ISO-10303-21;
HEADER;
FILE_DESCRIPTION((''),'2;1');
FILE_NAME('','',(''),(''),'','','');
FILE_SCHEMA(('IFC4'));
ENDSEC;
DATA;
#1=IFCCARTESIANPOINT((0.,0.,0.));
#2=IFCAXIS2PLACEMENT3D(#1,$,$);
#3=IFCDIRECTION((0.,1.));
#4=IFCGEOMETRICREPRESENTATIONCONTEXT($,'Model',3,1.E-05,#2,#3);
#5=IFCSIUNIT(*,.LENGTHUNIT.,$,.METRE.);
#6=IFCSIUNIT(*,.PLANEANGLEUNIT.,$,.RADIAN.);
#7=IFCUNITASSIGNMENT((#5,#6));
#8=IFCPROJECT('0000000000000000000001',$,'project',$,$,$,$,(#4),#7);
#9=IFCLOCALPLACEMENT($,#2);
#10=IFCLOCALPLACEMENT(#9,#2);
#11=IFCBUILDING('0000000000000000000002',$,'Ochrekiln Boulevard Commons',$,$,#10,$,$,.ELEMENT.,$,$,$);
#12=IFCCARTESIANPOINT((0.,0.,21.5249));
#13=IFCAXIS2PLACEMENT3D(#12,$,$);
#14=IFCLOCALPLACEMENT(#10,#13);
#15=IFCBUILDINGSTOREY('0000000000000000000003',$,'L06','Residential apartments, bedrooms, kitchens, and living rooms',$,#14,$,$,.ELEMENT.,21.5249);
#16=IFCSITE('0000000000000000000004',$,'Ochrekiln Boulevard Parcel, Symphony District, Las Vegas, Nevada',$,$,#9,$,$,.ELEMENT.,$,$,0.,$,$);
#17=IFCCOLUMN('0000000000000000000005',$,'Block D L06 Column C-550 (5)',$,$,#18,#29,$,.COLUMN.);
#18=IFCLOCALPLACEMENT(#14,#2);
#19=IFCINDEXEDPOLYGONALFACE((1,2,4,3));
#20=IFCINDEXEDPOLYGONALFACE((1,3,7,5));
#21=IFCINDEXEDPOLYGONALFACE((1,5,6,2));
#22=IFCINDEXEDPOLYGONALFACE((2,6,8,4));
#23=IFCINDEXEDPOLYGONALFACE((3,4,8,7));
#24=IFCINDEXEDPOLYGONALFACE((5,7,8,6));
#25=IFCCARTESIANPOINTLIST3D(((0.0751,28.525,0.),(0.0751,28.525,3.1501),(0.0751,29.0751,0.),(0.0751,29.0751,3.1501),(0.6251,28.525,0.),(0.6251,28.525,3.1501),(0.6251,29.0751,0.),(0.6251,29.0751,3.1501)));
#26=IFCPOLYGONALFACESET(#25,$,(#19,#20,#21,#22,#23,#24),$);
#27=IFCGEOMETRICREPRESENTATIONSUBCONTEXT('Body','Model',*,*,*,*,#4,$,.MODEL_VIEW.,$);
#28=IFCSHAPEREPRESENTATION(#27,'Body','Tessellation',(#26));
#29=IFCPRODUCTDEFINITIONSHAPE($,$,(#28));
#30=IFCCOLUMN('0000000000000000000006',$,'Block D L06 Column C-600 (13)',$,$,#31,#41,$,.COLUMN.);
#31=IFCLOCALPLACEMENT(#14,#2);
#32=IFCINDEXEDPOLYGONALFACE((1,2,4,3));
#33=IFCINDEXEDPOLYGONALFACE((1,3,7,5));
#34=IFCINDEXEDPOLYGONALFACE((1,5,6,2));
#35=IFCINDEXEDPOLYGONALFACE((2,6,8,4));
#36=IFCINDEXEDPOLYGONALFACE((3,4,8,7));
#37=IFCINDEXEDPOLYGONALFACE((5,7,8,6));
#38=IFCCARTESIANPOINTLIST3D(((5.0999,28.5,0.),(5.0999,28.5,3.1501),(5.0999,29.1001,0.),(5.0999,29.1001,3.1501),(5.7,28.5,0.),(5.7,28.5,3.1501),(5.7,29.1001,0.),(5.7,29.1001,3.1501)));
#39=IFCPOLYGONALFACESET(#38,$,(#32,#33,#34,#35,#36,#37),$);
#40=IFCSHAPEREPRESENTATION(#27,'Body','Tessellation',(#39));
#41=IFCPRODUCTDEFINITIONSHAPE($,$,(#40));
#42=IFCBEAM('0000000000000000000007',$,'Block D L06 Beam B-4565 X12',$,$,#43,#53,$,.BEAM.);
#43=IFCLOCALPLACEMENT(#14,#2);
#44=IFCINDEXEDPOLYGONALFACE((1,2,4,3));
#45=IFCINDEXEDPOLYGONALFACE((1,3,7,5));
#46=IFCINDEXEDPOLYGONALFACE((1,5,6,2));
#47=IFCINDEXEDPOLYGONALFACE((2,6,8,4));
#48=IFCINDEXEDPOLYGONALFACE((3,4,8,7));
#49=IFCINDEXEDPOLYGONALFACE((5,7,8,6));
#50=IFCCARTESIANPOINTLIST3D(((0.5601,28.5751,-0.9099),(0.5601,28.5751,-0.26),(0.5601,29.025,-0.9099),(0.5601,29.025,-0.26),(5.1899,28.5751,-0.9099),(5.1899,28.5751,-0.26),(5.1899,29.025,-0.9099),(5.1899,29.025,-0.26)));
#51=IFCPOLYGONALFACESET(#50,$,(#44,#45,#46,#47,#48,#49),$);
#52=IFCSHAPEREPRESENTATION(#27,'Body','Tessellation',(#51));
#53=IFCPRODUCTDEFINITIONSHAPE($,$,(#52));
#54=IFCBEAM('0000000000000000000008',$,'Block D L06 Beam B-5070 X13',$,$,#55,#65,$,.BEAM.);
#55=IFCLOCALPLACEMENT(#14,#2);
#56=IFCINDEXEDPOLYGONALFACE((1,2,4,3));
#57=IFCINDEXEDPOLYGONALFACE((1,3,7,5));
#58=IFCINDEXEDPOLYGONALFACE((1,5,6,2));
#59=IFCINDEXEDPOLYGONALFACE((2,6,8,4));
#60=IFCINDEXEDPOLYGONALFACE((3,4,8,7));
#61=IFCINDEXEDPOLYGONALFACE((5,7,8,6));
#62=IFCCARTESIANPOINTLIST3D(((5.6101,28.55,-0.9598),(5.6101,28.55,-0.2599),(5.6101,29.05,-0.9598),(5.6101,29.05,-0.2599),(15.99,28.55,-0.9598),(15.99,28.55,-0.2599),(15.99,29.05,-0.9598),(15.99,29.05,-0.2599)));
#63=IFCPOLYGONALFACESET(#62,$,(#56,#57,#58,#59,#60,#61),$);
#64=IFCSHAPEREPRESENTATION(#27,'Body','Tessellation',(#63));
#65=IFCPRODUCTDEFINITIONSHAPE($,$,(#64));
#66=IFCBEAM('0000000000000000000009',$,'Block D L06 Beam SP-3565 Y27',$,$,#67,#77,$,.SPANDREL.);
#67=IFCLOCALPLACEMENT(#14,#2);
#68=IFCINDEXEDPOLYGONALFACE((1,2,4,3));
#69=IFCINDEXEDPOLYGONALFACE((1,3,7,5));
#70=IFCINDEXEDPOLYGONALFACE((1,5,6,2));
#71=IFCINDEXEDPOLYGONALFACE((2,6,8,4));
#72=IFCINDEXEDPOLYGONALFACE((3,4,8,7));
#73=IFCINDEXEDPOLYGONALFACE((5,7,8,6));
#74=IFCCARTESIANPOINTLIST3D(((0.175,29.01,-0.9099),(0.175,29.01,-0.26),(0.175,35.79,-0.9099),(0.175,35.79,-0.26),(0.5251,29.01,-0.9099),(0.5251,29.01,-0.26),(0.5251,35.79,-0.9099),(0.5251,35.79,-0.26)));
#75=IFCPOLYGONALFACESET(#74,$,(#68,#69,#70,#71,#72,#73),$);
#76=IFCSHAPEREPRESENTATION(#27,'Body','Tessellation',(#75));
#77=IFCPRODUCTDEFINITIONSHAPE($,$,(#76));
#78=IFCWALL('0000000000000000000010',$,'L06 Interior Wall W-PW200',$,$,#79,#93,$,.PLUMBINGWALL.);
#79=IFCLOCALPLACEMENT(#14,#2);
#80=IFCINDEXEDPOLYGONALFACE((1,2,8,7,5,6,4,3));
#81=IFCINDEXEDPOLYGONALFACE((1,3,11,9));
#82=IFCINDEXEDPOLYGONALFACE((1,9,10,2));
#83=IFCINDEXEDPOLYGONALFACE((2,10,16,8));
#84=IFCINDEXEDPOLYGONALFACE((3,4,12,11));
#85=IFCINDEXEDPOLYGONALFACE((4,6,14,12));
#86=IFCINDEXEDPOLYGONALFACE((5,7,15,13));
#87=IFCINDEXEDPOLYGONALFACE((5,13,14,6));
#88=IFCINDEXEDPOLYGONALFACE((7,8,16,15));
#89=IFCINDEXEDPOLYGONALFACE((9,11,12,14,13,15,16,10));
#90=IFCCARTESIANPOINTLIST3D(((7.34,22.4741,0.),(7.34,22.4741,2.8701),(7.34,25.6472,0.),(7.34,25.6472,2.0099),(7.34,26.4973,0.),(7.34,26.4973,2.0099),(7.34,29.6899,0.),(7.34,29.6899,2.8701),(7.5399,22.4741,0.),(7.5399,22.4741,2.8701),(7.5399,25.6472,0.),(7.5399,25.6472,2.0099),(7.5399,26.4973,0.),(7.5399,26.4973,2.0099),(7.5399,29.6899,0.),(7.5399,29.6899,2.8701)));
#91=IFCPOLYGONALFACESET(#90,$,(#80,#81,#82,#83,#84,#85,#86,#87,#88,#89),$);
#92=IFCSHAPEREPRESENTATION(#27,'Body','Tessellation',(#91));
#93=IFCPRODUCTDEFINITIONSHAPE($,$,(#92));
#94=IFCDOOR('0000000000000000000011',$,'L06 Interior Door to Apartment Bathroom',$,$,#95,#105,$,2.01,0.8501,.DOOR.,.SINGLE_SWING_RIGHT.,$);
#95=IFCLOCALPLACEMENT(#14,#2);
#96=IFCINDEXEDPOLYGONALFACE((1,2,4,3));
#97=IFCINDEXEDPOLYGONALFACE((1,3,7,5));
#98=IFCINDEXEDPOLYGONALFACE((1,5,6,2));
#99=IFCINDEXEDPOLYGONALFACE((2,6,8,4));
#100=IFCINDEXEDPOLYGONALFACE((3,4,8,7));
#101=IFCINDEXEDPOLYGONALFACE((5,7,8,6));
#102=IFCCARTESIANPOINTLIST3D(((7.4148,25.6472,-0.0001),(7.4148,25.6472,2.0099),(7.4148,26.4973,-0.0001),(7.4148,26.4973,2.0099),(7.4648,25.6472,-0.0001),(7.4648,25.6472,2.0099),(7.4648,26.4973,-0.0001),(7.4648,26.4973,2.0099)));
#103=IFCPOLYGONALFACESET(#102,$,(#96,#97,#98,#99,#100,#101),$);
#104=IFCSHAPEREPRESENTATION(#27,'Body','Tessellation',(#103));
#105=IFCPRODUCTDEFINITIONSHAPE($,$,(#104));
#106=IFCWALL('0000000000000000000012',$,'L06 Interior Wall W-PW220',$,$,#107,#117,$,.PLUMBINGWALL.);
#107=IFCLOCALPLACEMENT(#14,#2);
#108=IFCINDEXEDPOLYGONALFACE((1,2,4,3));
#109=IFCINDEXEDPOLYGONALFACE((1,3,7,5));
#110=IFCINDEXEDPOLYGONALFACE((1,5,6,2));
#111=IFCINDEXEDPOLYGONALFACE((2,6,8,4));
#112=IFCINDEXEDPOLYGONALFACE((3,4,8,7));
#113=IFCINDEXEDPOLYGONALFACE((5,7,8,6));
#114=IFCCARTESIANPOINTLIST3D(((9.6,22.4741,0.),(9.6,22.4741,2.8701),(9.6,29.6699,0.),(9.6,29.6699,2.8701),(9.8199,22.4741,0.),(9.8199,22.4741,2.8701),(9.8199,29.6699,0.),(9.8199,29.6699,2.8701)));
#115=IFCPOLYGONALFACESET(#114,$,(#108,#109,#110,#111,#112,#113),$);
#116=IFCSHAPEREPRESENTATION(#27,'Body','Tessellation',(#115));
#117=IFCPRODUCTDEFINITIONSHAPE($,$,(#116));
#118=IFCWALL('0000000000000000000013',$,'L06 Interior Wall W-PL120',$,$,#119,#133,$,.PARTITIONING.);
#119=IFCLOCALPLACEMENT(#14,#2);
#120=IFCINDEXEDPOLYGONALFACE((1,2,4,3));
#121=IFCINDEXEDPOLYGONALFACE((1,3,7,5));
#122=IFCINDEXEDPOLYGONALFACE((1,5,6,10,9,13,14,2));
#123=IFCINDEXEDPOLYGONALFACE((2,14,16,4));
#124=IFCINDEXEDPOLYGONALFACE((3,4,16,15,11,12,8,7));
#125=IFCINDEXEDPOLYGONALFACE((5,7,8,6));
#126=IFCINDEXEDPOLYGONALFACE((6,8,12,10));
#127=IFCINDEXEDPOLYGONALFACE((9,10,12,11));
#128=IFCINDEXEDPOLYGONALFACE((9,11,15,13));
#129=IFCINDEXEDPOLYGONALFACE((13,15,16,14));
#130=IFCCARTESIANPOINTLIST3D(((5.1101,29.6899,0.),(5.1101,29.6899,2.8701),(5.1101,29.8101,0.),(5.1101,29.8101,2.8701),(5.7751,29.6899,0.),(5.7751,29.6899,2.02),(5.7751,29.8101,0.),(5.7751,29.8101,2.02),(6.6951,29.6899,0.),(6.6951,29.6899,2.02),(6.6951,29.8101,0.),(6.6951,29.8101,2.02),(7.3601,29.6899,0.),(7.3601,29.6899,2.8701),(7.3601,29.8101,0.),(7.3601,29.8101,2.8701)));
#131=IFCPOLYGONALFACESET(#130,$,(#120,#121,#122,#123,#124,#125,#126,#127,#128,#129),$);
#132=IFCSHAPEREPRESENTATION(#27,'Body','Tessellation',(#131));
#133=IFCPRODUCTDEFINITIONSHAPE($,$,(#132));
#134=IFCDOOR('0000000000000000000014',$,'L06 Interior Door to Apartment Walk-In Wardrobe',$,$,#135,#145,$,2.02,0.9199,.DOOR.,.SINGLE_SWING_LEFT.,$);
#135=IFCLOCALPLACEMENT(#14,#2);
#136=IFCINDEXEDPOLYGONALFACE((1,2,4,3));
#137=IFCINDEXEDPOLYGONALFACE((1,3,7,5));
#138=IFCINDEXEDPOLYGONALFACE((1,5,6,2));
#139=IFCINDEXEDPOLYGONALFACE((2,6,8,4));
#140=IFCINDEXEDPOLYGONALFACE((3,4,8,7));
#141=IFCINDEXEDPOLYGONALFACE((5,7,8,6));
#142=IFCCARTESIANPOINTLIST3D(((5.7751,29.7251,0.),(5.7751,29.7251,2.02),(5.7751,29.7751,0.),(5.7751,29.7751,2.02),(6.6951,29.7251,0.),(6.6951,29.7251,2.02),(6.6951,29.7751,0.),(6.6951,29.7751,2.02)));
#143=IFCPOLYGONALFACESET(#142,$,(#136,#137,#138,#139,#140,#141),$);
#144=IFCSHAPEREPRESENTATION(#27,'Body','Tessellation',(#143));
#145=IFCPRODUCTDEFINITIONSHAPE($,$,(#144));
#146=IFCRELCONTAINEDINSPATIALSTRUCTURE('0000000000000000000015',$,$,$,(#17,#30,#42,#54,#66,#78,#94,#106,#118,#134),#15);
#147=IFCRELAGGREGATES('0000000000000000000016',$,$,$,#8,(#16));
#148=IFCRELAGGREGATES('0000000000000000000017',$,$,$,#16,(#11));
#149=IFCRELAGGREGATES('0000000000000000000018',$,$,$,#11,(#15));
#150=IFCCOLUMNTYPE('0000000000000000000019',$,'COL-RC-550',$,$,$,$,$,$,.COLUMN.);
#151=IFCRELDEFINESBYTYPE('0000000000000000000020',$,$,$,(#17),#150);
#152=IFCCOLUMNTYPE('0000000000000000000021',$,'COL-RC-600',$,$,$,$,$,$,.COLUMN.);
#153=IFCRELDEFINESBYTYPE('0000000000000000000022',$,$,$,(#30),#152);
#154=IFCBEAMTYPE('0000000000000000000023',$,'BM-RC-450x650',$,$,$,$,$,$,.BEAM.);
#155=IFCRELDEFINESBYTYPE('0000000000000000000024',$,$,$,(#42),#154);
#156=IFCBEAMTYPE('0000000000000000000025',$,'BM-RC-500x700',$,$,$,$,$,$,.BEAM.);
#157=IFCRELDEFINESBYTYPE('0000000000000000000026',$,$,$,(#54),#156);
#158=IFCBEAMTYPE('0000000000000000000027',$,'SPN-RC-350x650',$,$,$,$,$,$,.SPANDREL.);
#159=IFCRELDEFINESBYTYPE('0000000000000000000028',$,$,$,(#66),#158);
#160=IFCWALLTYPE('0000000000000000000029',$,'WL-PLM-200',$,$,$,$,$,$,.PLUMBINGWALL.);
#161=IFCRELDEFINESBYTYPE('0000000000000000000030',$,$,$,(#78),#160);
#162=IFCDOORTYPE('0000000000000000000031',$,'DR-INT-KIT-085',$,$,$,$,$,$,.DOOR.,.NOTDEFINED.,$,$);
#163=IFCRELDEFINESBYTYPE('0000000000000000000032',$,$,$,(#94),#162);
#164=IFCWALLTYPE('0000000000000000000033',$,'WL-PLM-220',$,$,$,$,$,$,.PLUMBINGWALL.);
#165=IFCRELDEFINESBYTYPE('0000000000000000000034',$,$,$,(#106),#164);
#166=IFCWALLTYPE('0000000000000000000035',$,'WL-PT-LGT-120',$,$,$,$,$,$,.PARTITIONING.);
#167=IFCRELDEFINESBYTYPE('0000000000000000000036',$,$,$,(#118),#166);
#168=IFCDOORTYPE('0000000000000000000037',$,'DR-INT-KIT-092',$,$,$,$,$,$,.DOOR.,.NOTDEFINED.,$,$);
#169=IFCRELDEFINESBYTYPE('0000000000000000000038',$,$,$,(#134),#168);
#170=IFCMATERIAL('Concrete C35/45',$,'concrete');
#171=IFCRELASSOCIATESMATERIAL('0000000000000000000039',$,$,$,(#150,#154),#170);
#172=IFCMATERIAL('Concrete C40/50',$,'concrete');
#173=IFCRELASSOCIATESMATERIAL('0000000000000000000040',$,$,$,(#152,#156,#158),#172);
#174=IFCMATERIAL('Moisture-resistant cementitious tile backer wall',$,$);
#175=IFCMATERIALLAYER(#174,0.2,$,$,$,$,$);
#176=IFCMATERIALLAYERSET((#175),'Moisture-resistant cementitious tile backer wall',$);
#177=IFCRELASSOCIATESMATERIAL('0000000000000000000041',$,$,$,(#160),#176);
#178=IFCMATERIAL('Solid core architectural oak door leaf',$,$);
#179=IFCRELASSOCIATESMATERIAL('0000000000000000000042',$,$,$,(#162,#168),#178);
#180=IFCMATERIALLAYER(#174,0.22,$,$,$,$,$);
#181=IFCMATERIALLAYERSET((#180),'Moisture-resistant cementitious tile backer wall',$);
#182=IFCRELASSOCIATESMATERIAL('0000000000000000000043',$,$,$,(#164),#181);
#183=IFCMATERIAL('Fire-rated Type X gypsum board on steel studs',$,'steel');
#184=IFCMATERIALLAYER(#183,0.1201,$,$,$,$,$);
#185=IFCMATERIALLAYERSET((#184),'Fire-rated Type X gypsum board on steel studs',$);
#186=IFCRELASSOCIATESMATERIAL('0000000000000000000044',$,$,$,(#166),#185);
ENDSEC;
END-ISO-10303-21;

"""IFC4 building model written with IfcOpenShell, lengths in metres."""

from ifc_helpers import new_model, si_unit, direction, frame, frame_2d, origin, origin_2d, place, context, subcontext, project, spatial, rectangle, extrude, material, layer, layer_set, material_profile, profile_set, type_object, element, fill, save


model = new_model("IFC4")

# Units and contexts
model_context = context("Model", 3, precision=1e-05, world=origin(), true_north=direction((0.0, 1.0)))
body_context = subcontext(model_context, "Body", "Model", "MODEL_VIEW")
ifc_project = project(units=[si_unit("LENGTHUNIT", "METRE"), si_unit("PLANEANGLEUNIT", "RADIAN")], contexts=[model_context])

# Site, building, storey
site_placement = place(None, origin())
site = spatial("IfcSite", under=ifc_project, at=site_placement, Name="Ochrekiln Boulevard Parcel, Symphony District, Las Vegas, Nevada", CompositionType="ELEMENT", RefElevation=0.0)
building_placement = place(site_placement, origin())
building = spatial("IfcBuilding", under=site, at=building_placement, Name="Ochrekiln Boulevard Commons", CompositionType="ELEMENT")
storey_placement = place(building_placement, frame((0.0, 0.0, 21.5249)))
storey = spatial("IfcBuildingStorey", under=building, at=storey_placement, Name="L06", Description="Residential apartments, bedrooms, kitchens, and living rooms", CompositionType="ELEMENT", Elevation=21.5249)

# Columns
ifc_material_1 = material(Name="Concrete C35/45", Category="concrete")
ifc_material_profile_1 = material_profile(ifc_material_1, rectangle(XDim=0.55, YDim=0.55, at=origin_2d()), Name="RC-COL-550x550")
ifc_profile_set_1 = profile_set([ifc_material_profile_1], Name="Concrete C35/45")
column_type_1 = type_object("IfcColumnType", Name="COL-RC-550", PredefinedType="COLUMN", material=ifc_profile_set_1)
column_1_placement = place(storey_placement, frame((0.3501, 28.8, 0.0), z_axis=(0.0, 0.0, 1.0), x_axis=(1.0, 0.0, 0.0)))
element("IfcColumn", 1, at=column_1_placement, inside=storey, type_object=column_type_1, Name="Block D L06 Column C-550 (5)", PredefinedType="COLUMN", context=body_context, shape_type="SweptSolid", body=[
    extrude(rectangle(XDim=0.55, YDim=0.55, at=origin_2d()), origin(), (0.0, 0.0, 1.0), 3.1501),
])
ifc_material_2 = material(Name="Concrete C40/50", Category="concrete")
ifc_material_profile_2 = material_profile(ifc_material_2, rectangle(XDim=0.6001, YDim=0.6001, at=origin_2d()), Name="RC-COL-600x600")
ifc_profile_set_2 = profile_set([ifc_material_profile_2], Name="Concrete C40/50")
column_type_2 = type_object("IfcColumnType", Name="COL-RC-600", PredefinedType="COLUMN", material=ifc_profile_set_2)
column_2_placement = place(storey_placement, frame((5.3999, 28.8, 0.0), z_axis=(0.0, 0.0, 1.0), x_axis=(1.0, 0.0, 0.0)))
element("IfcColumn", 2, at=column_2_placement, inside=storey, type_object=column_type_2, Name="Block D L06 Column C-600 (13)", PredefinedType="COLUMN", context=body_context, shape_type="SweptSolid", body=[
    extrude(rectangle(XDim=0.6001, YDim=0.6001, at=origin_2d()), origin(), (0.0, 0.0, 1.0), 3.1501),
])

# Beams
ifc_material_profile_3 = material_profile(ifc_material_1, rectangle(XDim=0.45, YDim=0.6499, at=origin_2d()), Name="RC-BM-450x650")
ifc_profile_set_3 = profile_set([ifc_material_profile_3], Name="Concrete C35/45")
beam_type_1 = type_object("IfcBeamType", Name="BM-RC-450x650", PredefinedType="BEAM", material=ifc_profile_set_3)
beam_1_placement = place(storey_placement, frame((0.5601, 28.8, -0.585), z_axis=(1.0, 0.0, 0.0), x_axis=(0.0, 1.0, 0.0)))
element("IfcBeam", 3, at=beam_1_placement, inside=storey, type_object=beam_type_1, Name="Block D L06 Beam B-4565 X12", PredefinedType="BEAM", context=body_context, shape_type="SweptSolid", body=[
    extrude(rectangle(XDim=0.45, YDim=0.6499, at=origin_2d()), origin(), (0.0, 0.0, 1.0), 4.6299),
])
ifc_material_profile_4 = material_profile(ifc_material_2, rectangle(XDim=0.5, YDim=0.7, at=origin_2d()), Name="RC-BM-500x700")
ifc_profile_set_4 = profile_set([ifc_material_profile_4], Name="Concrete C40/50")
beam_type_2 = type_object("IfcBeamType", Name="BM-RC-500x700", PredefinedType="BEAM", material=ifc_profile_set_4)
beam_2_placement = place(storey_placement, frame((5.6101, 28.8, -0.6099), z_axis=(1.0, 0.0, 0.0), x_axis=(0.0, 1.0, 0.0)))
element("IfcBeam", 4, at=beam_2_placement, inside=storey, type_object=beam_type_2, Name="Block D L06 Beam B-5070 X13", PredefinedType="BEAM", context=body_context, shape_type="SweptSolid", body=[
    extrude(rectangle(XDim=0.5, YDim=0.7, at=origin_2d()), origin(), (0.0, 0.0, 1.0), 10.3799),
])
ifc_material_profile_5 = material_profile(ifc_material_2, rectangle(XDim=0.3501, YDim=0.6499, at=origin_2d()), Name="RC-SPN-350x650")
ifc_profile_set_5 = profile_set([ifc_material_profile_5], Name="Concrete C40/50")
beam_type_3 = type_object("IfcBeamType", Name="SPN-RC-350x650", PredefinedType="SPANDREL", material=ifc_profile_set_5)
beam_3_placement = place(storey_placement, frame((0.3501, 29.01, -0.585), z_axis=(0.0, 1.0, 0.0), x_axis=(-1.0, 0.0, 0.0)))
element("IfcBeam", 5, at=beam_3_placement, inside=storey, type_object=beam_type_3, Name="Block D L06 Beam SP-3565 Y27", PredefinedType="SPANDREL", context=body_context, shape_type="SweptSolid", body=[
    extrude(rectangle(XDim=0.3501, YDim=0.6499, at=origin_2d()), origin(), (0.0, 0.0, 1.0), 6.78),
])

# Wall, opening, door
ifc_material_3 = material(Name="Moisture-resistant cementitious tile backer wall")
ifc_layer_1 = layer(ifc_material_3, 0.2)
ifc_layer_set_1 = layer_set([ifc_layer_1], Name="Moisture-resistant cementitious tile backer wall")
wall_type_1 = type_object("IfcWallType", Name="WL-PLM-200", PredefinedType="PLUMBINGWALL", material=ifc_layer_set_1)
wall_1_placement = place(storey_placement, frame((7.4399, 22.4741, 0.0), z_axis=(0.0, 0.0, 1.0), x_axis=(0.0, 1.0, 0.0)))
wall_1 = element("IfcWall", 6, at=wall_1_placement, inside=storey, type_object=wall_type_1, Name="L06 Interior Wall W-PW200", PredefinedType="PLUMBINGWALL", context=body_context, shape_type="SweptSolid", body=[
    extrude(rectangle(XDim=7.2158, YDim=0.2, at=frame_2d((3.6079, 0.0))), origin(), (0.0, 0.0, 1.0), 2.8701),
])
opening_1_placement = place(wall_1_placement, frame((3.1731, 0.0, 0.0)))
opening_1 = element("IfcOpeningElement", 7, at=opening_1_placement, cuts=wall_1, PredefinedType="OPENING", context=body_context, shape_type="SweptSolid", body=[
    extrude(rectangle(XDim=0.8501, YDim=2.01, at=frame_2d((0.425, 1.0049))), frame((0.0, 0.1099, 0.0), z_axis=(0.0, -1.0, 0.0), x_axis=(1.0, 0.0, 0.0)), (0.0, 0.0, 1.0), 0.22),
])
ifc_material_4 = material(Name="Solid core architectural oak door leaf")
door_type_1 = type_object("IfcDoorType", Name="DR-INT-KIT-085", OperationType="NOTDEFINED", PredefinedType="DOOR", material=ifc_material_4)
door_1_placement = place(opening_1_placement, frame((0.8501, 0.0, 0.0), z_axis=(0.0, 0.0, 1.0), x_axis=(-1.0, 0.0, 0.0)))
door_1 = element("IfcDoor", 8, at=door_1_placement, inside=storey, type_object=door_type_1, Name="L06 Interior Door to Apartment Bathroom", OperationType="SINGLE_SWING_RIGHT", OverallHeight=2.01, OverallWidth=0.8501, PredefinedType="DOOR", context=body_context, shape_type="SweptSolid", body=[
    extrude(rectangle(XDim=0.8501, YDim=2.01, at=frame_2d((0.425, 1.0049))), frame((0.0, 0.0249, 0.0), z_axis=(0.0, -1.0, 0.0), x_axis=(1.0, 0.0, 0.0)), (0.0, 0.0, 1.0), 0.05),
])
fill(opening_1, door_1)

# Wall
ifc_layer_2 = layer(ifc_material_3, 0.22)
ifc_layer_set_2 = layer_set([ifc_layer_2], Name="Moisture-resistant cementitious tile backer wall")
wall_type_2 = type_object("IfcWallType", Name="WL-PLM-220", PredefinedType="PLUMBINGWALL", material=ifc_layer_set_2)
wall_2_placement = place(storey_placement, frame((9.71, 22.4741, 0.0), z_axis=(0.0, 0.0, 1.0), x_axis=(0.0, 1.0, 0.0)))
element("IfcWall", 9, at=wall_2_placement, inside=storey, type_object=wall_type_2, Name="L06 Interior Wall W-PW220", PredefinedType="PLUMBINGWALL", context=body_context, shape_type="SweptSolid", body=[
    extrude(rectangle(XDim=7.1958, YDim=0.22, at=frame_2d((3.5979, 0.0))), origin(), (0.0, 0.0, 1.0), 2.8701),
])

# Wall, opening, door
ifc_material_5 = material(Name="Fire-rated Type X gypsum board on steel studs", Category="steel")
ifc_layer_3 = layer(ifc_material_5, 0.1201)
ifc_layer_set_3 = layer_set([ifc_layer_3], Name="Fire-rated Type X gypsum board on steel studs")
wall_type_3 = type_object("IfcWallType", Name="WL-PT-LGT-120", PredefinedType="PARTITIONING", material=ifc_layer_set_3)
wall_3_placement = place(storey_placement, frame((5.1101, 29.75, 0.0), z_axis=(0.0, 0.0, 1.0), x_axis=(1.0, 0.0, 0.0)))
wall_3 = element("IfcWall", 10, at=wall_3_placement, inside=storey, type_object=wall_type_3, Name="L06 Interior Wall W-PL120", PredefinedType="PARTITIONING", context=body_context, shape_type="SweptSolid", body=[
    extrude(rectangle(XDim=2.25, YDim=0.1201, at=frame_2d((1.125, 0.0))), origin(), (0.0, 0.0, 1.0), 2.8701),
])
opening_2_placement = place(wall_3_placement, frame((0.665, 0.0, 0.0)))
opening_2 = element("IfcOpeningElement", 11, at=opening_2_placement, cuts=wall_3, PredefinedType="OPENING", context=body_context, shape_type="SweptSolid", body=[
    extrude(rectangle(XDim=0.9199, YDim=2.02, at=frame_2d((0.46, 1.01))), frame((0.0, 0.0701, 0.0), z_axis=(0.0, -1.0, 0.0), x_axis=(1.0, 0.0, 0.0)), (0.0, 0.0, 1.0), 0.1401),
])
door_type_2 = type_object("IfcDoorType", Name="DR-INT-KIT-092", OperationType="NOTDEFINED", PredefinedType="DOOR", material=ifc_material_4)
door_2_placement = place(opening_2_placement, frame((0.9199, 0.0, 0.0), z_axis=(0.0, 0.0, 1.0), x_axis=(-1.0, 0.0, 0.0)))
door_2 = element("IfcDoor", 12, at=door_2_placement, inside=storey, type_object=door_type_2, Name="L06 Interior Door to Apartment Walk-In Wardrobe", OperationType="SINGLE_SWING_LEFT", OverallHeight=2.02, OverallWidth=0.9199, PredefinedType="DOOR", context=body_context, shape_type="SweptSolid", body=[
    extrude(rectangle(XDim=0.9199, YDim=2.02, at=frame_2d((0.46, 1.01))), frame((0.0, 0.0249, 0.0), z_axis=(0.0, -1.0, 0.0), x_axis=(1.0, 0.0, 0.0)), (0.0, 0.0, 1.0), 0.05),
])
fill(opening_2, door_2)

save(model, "model.ifc")
